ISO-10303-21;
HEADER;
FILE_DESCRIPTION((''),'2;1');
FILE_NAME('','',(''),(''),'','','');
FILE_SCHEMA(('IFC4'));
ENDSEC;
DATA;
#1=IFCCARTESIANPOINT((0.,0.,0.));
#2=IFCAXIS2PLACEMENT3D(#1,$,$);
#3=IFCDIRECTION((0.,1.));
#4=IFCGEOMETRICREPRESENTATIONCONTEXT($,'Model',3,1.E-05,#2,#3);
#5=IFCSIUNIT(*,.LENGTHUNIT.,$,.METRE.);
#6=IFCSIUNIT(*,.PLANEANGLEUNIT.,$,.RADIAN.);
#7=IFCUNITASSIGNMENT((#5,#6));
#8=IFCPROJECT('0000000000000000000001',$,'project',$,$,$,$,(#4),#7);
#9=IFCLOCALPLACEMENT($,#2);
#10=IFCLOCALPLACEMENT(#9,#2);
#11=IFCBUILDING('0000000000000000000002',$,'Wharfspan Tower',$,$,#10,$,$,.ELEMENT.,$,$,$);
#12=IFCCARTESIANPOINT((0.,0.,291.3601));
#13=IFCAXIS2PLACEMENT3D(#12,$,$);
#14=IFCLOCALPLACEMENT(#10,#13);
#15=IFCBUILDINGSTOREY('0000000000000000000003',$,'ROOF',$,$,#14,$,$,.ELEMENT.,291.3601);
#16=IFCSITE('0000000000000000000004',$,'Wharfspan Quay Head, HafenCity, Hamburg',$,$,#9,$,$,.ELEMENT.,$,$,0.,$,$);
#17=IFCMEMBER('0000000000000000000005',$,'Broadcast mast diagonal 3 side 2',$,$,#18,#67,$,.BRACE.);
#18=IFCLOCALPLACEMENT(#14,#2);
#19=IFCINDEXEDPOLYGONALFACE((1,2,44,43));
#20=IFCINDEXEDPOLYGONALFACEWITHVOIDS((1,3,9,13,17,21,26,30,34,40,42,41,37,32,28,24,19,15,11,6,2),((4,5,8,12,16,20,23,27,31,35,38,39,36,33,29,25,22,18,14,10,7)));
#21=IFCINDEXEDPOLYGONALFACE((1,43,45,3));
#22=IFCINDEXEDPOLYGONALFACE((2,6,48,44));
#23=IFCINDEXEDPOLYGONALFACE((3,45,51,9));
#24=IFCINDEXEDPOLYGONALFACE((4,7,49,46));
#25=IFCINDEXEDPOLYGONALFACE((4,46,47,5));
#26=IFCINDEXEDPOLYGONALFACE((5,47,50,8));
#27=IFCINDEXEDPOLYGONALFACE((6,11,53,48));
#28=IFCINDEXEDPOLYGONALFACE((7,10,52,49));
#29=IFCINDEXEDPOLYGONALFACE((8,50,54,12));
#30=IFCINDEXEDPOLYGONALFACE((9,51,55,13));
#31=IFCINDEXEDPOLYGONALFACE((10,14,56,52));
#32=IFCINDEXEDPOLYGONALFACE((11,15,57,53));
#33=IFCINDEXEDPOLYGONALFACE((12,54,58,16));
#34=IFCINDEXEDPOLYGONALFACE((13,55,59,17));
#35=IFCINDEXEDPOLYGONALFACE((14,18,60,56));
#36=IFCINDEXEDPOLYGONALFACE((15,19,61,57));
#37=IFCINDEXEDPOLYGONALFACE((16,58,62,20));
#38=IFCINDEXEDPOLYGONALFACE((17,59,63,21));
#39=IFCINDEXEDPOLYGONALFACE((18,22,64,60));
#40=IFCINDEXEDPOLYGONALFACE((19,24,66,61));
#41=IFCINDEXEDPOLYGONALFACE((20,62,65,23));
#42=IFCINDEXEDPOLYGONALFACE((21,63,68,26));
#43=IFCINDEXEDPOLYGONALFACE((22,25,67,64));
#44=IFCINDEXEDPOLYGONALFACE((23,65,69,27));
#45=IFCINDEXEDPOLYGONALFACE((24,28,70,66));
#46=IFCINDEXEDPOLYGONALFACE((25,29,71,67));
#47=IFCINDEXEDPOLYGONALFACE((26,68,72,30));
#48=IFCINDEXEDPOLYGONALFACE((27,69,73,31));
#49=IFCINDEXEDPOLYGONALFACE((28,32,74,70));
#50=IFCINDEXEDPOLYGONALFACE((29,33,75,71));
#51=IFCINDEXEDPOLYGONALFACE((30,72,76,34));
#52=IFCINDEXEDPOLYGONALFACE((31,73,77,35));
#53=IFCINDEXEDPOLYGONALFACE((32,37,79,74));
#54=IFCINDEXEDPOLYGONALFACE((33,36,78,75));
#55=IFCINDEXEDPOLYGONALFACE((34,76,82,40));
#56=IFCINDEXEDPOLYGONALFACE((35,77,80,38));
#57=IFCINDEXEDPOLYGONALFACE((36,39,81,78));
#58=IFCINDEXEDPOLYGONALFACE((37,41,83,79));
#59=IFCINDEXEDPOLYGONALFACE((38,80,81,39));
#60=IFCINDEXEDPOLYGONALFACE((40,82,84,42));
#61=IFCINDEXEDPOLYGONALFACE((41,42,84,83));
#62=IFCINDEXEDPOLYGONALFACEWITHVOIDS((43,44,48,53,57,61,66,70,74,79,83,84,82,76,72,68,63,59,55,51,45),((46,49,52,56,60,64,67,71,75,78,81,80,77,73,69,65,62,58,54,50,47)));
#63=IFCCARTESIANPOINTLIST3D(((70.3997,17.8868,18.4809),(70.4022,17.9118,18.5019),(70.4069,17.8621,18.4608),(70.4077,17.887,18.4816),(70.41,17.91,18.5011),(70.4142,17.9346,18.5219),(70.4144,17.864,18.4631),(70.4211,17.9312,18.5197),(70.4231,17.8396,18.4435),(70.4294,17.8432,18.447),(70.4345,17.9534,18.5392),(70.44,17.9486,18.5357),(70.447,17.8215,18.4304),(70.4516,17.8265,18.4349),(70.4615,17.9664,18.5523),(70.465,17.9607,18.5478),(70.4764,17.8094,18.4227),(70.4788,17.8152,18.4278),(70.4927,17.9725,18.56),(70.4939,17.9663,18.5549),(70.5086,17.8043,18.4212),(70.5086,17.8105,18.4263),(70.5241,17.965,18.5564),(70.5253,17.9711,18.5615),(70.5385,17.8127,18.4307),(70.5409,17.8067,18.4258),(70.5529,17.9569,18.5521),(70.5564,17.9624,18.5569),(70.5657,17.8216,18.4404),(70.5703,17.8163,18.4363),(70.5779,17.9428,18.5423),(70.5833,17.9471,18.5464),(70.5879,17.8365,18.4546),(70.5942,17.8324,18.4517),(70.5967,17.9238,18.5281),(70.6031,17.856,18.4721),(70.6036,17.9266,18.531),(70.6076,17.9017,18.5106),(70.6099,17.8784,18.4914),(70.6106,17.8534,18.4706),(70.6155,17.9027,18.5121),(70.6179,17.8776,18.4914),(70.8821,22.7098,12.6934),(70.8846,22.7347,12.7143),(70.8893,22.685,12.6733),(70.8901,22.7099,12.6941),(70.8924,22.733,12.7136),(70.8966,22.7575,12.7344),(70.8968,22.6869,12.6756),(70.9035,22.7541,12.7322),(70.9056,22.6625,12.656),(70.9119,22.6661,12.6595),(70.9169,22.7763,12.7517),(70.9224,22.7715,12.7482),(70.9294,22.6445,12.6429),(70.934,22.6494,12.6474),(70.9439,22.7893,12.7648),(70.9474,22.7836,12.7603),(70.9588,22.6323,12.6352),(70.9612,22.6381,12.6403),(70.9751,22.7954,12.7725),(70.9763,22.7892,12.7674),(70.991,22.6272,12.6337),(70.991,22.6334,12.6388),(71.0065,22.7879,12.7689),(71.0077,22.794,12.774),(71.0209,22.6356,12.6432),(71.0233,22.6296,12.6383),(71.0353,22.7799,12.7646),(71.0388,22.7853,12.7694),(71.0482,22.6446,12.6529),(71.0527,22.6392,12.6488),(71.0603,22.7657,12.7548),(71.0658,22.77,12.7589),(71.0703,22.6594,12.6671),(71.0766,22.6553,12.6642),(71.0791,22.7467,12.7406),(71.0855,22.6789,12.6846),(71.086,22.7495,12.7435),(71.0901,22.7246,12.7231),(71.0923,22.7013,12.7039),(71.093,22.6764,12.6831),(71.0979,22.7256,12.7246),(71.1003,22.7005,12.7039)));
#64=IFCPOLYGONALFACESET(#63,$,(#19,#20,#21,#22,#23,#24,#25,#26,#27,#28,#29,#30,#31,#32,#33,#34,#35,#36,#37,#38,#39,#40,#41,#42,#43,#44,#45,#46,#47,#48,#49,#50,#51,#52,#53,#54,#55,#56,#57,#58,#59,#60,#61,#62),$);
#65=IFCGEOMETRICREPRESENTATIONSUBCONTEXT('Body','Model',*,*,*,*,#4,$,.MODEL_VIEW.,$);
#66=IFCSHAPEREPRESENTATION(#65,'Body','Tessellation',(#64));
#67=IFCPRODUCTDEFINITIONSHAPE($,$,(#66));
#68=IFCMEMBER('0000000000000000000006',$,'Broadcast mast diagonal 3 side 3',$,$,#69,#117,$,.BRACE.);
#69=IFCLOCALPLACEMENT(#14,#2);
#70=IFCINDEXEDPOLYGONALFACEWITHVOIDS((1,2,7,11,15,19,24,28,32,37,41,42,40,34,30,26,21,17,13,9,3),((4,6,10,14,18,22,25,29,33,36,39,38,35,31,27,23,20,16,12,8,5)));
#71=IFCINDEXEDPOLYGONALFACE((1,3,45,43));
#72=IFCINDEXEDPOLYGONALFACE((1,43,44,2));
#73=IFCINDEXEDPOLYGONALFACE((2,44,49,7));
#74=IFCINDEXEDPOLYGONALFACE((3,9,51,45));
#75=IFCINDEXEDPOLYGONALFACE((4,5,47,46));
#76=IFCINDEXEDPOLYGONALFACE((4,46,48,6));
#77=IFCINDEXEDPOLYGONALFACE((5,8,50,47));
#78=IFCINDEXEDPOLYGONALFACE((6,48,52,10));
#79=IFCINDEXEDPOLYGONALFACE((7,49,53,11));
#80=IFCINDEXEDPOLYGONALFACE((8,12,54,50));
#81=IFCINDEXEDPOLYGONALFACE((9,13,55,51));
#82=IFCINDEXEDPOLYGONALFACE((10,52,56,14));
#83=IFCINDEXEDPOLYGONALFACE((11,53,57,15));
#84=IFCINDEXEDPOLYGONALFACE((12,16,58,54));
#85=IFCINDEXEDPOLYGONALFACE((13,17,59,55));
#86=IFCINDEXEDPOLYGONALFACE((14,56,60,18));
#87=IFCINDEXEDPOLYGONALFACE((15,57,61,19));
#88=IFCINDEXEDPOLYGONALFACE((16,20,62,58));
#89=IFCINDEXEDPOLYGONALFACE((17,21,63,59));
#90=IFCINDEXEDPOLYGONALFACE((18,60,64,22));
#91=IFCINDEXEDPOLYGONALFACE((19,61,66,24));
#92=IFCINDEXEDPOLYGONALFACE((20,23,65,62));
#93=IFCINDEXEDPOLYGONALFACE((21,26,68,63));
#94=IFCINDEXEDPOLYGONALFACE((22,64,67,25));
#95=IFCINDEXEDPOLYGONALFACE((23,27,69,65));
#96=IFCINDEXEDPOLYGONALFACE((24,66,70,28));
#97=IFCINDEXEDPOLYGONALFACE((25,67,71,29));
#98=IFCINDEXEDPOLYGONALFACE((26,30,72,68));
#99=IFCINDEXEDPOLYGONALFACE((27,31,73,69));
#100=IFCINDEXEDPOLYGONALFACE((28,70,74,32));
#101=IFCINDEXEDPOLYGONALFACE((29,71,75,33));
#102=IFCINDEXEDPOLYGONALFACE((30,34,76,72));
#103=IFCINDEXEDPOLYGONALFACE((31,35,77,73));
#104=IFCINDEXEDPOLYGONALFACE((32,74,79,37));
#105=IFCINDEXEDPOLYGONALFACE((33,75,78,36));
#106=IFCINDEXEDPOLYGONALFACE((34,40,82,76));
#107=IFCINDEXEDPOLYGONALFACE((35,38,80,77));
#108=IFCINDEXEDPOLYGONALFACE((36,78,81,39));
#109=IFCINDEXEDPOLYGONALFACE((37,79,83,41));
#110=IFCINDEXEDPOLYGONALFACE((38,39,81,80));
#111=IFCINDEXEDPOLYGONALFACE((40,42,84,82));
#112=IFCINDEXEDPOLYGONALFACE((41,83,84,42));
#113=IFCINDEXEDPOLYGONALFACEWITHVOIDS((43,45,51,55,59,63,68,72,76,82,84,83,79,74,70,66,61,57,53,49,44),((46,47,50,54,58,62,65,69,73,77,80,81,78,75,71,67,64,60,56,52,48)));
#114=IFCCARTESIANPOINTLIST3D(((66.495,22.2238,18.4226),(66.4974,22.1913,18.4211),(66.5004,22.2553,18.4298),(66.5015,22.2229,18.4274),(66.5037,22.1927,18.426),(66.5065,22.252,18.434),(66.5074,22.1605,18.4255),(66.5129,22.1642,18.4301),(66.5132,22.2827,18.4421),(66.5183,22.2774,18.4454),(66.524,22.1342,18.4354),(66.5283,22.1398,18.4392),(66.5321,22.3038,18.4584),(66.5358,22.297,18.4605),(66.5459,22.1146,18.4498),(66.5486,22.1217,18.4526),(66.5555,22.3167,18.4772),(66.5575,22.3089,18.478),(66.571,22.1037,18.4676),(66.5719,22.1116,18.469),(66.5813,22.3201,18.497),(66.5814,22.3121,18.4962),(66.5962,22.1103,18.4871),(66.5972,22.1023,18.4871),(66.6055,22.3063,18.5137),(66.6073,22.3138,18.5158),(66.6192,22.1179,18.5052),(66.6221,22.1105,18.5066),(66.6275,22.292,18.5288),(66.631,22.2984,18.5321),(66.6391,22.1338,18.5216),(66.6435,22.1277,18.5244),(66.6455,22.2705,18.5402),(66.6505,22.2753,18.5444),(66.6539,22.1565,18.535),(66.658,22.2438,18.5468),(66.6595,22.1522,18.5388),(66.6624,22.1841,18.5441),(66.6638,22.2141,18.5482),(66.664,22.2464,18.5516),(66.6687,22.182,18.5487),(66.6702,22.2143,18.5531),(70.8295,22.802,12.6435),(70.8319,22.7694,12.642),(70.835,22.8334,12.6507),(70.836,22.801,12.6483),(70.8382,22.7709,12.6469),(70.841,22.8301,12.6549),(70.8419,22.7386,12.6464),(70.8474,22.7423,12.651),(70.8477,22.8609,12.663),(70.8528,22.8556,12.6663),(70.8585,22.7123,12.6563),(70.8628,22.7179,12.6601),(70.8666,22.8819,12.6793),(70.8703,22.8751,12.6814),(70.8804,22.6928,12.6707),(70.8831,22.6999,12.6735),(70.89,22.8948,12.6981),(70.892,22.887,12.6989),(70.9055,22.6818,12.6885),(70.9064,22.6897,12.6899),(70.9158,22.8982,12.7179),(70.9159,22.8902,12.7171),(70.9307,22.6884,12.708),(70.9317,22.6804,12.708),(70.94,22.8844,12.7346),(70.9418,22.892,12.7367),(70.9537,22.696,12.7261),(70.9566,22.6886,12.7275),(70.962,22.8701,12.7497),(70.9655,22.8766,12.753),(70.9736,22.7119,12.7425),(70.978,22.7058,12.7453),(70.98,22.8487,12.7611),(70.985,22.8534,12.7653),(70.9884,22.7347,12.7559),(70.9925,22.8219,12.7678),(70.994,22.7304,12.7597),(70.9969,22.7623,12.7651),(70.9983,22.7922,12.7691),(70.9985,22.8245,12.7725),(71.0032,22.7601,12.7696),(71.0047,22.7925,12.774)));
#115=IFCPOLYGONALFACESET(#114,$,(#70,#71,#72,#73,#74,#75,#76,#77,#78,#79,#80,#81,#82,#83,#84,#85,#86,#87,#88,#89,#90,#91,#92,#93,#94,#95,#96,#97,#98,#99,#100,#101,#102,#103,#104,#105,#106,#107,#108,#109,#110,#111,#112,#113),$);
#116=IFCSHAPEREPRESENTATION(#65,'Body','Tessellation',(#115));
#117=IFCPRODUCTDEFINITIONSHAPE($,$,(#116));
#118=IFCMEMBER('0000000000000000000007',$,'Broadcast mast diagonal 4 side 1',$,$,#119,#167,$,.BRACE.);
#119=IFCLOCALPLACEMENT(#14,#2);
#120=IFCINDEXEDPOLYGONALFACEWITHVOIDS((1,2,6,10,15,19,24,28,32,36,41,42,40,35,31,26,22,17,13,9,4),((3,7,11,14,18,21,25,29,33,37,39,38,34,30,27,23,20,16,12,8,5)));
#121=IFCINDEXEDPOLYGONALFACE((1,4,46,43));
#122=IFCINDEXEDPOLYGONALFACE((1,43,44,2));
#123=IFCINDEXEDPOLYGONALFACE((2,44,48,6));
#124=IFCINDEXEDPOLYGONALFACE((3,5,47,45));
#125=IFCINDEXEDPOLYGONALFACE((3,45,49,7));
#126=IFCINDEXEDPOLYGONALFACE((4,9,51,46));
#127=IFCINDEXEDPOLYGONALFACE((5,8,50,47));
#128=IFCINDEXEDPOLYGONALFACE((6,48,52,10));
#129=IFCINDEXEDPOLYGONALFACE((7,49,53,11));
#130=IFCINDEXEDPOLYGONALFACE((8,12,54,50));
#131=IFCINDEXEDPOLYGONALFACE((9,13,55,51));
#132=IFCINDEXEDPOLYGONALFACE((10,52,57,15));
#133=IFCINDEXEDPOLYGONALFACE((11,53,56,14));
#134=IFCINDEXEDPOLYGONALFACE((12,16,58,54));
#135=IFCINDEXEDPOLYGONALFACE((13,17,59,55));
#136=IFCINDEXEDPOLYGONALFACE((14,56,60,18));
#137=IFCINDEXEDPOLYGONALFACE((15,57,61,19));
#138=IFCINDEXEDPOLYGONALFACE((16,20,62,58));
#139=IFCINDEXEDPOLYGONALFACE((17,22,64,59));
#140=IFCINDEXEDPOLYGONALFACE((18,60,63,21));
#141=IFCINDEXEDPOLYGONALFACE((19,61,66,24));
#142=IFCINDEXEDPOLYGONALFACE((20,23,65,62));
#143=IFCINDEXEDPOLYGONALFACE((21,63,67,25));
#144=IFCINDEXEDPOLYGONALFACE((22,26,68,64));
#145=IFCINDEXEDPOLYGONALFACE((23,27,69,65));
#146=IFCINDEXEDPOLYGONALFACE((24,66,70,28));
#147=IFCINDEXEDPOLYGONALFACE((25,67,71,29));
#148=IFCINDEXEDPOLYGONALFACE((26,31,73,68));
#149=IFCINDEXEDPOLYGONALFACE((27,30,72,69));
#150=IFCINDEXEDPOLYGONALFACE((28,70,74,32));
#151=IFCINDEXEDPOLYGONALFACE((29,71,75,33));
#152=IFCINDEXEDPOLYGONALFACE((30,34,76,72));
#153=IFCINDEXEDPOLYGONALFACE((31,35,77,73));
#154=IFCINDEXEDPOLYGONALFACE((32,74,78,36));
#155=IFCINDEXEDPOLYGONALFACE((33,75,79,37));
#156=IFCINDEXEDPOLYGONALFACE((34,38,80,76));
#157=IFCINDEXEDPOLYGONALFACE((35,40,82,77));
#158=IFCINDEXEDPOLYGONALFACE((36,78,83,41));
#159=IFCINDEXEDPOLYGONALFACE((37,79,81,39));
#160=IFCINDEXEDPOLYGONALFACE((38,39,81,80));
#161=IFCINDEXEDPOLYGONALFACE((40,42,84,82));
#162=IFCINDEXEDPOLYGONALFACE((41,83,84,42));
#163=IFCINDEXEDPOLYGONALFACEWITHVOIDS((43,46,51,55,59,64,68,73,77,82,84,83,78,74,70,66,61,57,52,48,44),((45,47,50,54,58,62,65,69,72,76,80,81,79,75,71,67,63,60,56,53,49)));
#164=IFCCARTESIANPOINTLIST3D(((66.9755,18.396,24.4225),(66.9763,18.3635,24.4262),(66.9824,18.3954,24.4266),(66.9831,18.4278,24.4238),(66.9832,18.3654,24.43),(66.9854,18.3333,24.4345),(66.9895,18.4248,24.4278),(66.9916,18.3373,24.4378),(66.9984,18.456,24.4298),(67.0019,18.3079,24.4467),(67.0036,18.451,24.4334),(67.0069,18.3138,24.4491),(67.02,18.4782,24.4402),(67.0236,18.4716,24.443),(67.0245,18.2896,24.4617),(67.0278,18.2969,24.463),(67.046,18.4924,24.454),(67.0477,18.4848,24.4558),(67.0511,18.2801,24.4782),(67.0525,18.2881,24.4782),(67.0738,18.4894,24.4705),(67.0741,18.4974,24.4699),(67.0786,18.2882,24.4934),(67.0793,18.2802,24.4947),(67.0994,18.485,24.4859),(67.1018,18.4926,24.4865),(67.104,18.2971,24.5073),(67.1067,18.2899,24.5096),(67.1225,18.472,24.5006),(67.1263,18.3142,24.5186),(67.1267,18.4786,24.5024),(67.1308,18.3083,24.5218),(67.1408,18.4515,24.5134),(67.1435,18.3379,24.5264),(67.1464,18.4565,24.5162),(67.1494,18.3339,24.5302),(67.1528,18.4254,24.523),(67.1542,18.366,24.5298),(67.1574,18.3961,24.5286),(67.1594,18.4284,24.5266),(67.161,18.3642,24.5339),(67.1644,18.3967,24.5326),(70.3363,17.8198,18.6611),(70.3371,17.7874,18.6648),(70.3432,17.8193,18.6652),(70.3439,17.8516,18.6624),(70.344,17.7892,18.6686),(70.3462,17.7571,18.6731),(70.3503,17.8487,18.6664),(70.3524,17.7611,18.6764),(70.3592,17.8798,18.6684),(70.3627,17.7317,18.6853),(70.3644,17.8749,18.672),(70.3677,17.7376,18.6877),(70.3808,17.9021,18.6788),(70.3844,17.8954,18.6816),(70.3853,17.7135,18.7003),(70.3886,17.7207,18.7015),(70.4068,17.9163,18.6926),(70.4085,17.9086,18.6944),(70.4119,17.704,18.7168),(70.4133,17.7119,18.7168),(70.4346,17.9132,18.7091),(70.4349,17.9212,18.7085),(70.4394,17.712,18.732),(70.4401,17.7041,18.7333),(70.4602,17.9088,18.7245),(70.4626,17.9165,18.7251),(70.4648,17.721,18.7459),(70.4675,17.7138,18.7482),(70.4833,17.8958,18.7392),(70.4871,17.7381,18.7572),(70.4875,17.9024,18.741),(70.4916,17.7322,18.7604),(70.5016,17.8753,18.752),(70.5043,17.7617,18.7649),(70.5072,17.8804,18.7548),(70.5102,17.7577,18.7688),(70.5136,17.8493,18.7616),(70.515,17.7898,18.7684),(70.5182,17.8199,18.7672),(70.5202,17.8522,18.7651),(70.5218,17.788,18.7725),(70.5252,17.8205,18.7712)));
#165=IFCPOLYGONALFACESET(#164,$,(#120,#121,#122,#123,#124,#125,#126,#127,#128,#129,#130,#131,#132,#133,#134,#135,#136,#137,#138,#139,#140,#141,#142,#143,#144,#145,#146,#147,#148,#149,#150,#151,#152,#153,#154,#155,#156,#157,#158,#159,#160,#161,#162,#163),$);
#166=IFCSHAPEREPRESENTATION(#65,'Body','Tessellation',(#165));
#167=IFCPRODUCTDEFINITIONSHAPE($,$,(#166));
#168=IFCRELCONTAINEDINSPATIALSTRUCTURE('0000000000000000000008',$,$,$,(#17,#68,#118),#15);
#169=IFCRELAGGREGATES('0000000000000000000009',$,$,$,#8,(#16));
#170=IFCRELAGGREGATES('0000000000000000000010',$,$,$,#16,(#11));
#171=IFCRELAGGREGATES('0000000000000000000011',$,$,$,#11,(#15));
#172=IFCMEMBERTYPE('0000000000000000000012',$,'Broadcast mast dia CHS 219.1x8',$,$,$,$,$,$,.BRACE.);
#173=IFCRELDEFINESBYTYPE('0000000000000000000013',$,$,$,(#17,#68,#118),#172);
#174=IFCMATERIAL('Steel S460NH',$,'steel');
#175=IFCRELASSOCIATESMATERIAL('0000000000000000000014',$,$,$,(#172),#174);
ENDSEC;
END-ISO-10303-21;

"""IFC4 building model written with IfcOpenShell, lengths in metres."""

from ifc_helpers import new_model, si_unit, direction, frame, origin, origin_2d, place, context, subcontext, project, spatial, hollow_circle, extrude, material, material_profile, profile_set, type_object, element, save


model = new_model("IFC4")

# Units and contexts
model_context = context("Model", 3, precision=1e-05, world=origin(), true_north=direction((0.0, 1.0)))
body_context = subcontext(model_context, "Body", "Model", "MODEL_VIEW")
ifc_project = project(units=[si_unit("LENGTHUNIT", "METRE"), si_unit("PLANEANGLEUNIT", "RADIAN")], contexts=[model_context])

# Site, building, storey
site_placement = place(None, origin())
site = spatial("IfcSite", under=ifc_project, at=site_placement, Name="Wharfspan Quay Head, HafenCity, Hamburg", CompositionType="ELEMENT", RefElevation=0.0)
building_placement = place(site_placement, origin())
building = spatial("IfcBuilding", under=site, at=building_placement, Name="Wharfspan Tower", CompositionType="ELEMENT")
storey_placement = place(building_placement, frame((0.0, 0.0, 291.3601)))
storey = spatial("IfcBuildingStorey", under=building, at=storey_placement, Name="ROOF", CompositionType="ELEMENT", Elevation=291.3601)

# Members
ifc_material = material(Name="Steel S460NH", Category="steel")
ifc_material_profile_1 = material_profile(ifc_material, hollow_circle(Radius=0.1096, WallThickness=0.0081, at=origin_2d()))
ifc_profile_set_1 = profile_set([ifc_material_profile_1], Name="Steel S460NH")
member_type_1 = type_object("IfcMemberType", Name="Broadcast mast dia CHS 219.1x8", PredefinedType="BRACE", material=ifc_profile_set_1)
member_1_placement = place(storey_placement, frame((70.9912, 22.7114, 12.7039), z_axis=(-0.063904, -0.638876, 0.766651), x_axis=(0.995035, -0.099529, 0.0)))
element("IfcMember", 1, at=member_1_placement, inside=storey, type_object=member_type_1, Name="Broadcast mast diagonal 3 side 2", PredefinedType="BRACE", context=body_context, shape_type="SweptSolid", body=[
    extrude(hollow_circle(Radius=0.1096, WallThickness=0.0081, at=origin_2d()), origin(), (0.0, 0.0, 1.0), 7.5491),
])
member_2_placement = place(storey_placement, frame((70.9172, 22.7891, 12.708), z_axis=(-0.598104, -0.079774, 0.797438), x_axis=(0.132206, -0.991222, -0.000001)))
element("IfcMember", 2, at=member_2_placement, inside=storey, type_object=member_type_1, Name="Broadcast mast diagonal 3 side 3", PredefinedType="BRACE", context=body_context, shape_type="SweptSolid", body=[
    extrude(hollow_circle(Radius=0.1096, WallThickness=0.0081, at=origin_2d()), origin(), (0.0, 0.0, 1.0), 7.2471),
])
member_3_placement = place(storey_placement, frame((70.4304, 17.812, 18.7168), z_axis=(-0.501999, 0.086061, 0.860575), x_axis=(-0.168971, -0.985618, 0.0)))
element("IfcMember", 3, at=member_3_placement, inside=storey, type_object=member_type_1, Name="Broadcast mast diagonal 4 side 1", PredefinedType="BRACE", context=body_context, shape_type="SweptSolid", body=[
    extrude(hollow_circle(Radius=0.1096, WallThickness=0.0081, at=origin_2d()), origin(), (0.0, 0.0, 1.0), 6.6948),
])

save(model, "model.ifc")
